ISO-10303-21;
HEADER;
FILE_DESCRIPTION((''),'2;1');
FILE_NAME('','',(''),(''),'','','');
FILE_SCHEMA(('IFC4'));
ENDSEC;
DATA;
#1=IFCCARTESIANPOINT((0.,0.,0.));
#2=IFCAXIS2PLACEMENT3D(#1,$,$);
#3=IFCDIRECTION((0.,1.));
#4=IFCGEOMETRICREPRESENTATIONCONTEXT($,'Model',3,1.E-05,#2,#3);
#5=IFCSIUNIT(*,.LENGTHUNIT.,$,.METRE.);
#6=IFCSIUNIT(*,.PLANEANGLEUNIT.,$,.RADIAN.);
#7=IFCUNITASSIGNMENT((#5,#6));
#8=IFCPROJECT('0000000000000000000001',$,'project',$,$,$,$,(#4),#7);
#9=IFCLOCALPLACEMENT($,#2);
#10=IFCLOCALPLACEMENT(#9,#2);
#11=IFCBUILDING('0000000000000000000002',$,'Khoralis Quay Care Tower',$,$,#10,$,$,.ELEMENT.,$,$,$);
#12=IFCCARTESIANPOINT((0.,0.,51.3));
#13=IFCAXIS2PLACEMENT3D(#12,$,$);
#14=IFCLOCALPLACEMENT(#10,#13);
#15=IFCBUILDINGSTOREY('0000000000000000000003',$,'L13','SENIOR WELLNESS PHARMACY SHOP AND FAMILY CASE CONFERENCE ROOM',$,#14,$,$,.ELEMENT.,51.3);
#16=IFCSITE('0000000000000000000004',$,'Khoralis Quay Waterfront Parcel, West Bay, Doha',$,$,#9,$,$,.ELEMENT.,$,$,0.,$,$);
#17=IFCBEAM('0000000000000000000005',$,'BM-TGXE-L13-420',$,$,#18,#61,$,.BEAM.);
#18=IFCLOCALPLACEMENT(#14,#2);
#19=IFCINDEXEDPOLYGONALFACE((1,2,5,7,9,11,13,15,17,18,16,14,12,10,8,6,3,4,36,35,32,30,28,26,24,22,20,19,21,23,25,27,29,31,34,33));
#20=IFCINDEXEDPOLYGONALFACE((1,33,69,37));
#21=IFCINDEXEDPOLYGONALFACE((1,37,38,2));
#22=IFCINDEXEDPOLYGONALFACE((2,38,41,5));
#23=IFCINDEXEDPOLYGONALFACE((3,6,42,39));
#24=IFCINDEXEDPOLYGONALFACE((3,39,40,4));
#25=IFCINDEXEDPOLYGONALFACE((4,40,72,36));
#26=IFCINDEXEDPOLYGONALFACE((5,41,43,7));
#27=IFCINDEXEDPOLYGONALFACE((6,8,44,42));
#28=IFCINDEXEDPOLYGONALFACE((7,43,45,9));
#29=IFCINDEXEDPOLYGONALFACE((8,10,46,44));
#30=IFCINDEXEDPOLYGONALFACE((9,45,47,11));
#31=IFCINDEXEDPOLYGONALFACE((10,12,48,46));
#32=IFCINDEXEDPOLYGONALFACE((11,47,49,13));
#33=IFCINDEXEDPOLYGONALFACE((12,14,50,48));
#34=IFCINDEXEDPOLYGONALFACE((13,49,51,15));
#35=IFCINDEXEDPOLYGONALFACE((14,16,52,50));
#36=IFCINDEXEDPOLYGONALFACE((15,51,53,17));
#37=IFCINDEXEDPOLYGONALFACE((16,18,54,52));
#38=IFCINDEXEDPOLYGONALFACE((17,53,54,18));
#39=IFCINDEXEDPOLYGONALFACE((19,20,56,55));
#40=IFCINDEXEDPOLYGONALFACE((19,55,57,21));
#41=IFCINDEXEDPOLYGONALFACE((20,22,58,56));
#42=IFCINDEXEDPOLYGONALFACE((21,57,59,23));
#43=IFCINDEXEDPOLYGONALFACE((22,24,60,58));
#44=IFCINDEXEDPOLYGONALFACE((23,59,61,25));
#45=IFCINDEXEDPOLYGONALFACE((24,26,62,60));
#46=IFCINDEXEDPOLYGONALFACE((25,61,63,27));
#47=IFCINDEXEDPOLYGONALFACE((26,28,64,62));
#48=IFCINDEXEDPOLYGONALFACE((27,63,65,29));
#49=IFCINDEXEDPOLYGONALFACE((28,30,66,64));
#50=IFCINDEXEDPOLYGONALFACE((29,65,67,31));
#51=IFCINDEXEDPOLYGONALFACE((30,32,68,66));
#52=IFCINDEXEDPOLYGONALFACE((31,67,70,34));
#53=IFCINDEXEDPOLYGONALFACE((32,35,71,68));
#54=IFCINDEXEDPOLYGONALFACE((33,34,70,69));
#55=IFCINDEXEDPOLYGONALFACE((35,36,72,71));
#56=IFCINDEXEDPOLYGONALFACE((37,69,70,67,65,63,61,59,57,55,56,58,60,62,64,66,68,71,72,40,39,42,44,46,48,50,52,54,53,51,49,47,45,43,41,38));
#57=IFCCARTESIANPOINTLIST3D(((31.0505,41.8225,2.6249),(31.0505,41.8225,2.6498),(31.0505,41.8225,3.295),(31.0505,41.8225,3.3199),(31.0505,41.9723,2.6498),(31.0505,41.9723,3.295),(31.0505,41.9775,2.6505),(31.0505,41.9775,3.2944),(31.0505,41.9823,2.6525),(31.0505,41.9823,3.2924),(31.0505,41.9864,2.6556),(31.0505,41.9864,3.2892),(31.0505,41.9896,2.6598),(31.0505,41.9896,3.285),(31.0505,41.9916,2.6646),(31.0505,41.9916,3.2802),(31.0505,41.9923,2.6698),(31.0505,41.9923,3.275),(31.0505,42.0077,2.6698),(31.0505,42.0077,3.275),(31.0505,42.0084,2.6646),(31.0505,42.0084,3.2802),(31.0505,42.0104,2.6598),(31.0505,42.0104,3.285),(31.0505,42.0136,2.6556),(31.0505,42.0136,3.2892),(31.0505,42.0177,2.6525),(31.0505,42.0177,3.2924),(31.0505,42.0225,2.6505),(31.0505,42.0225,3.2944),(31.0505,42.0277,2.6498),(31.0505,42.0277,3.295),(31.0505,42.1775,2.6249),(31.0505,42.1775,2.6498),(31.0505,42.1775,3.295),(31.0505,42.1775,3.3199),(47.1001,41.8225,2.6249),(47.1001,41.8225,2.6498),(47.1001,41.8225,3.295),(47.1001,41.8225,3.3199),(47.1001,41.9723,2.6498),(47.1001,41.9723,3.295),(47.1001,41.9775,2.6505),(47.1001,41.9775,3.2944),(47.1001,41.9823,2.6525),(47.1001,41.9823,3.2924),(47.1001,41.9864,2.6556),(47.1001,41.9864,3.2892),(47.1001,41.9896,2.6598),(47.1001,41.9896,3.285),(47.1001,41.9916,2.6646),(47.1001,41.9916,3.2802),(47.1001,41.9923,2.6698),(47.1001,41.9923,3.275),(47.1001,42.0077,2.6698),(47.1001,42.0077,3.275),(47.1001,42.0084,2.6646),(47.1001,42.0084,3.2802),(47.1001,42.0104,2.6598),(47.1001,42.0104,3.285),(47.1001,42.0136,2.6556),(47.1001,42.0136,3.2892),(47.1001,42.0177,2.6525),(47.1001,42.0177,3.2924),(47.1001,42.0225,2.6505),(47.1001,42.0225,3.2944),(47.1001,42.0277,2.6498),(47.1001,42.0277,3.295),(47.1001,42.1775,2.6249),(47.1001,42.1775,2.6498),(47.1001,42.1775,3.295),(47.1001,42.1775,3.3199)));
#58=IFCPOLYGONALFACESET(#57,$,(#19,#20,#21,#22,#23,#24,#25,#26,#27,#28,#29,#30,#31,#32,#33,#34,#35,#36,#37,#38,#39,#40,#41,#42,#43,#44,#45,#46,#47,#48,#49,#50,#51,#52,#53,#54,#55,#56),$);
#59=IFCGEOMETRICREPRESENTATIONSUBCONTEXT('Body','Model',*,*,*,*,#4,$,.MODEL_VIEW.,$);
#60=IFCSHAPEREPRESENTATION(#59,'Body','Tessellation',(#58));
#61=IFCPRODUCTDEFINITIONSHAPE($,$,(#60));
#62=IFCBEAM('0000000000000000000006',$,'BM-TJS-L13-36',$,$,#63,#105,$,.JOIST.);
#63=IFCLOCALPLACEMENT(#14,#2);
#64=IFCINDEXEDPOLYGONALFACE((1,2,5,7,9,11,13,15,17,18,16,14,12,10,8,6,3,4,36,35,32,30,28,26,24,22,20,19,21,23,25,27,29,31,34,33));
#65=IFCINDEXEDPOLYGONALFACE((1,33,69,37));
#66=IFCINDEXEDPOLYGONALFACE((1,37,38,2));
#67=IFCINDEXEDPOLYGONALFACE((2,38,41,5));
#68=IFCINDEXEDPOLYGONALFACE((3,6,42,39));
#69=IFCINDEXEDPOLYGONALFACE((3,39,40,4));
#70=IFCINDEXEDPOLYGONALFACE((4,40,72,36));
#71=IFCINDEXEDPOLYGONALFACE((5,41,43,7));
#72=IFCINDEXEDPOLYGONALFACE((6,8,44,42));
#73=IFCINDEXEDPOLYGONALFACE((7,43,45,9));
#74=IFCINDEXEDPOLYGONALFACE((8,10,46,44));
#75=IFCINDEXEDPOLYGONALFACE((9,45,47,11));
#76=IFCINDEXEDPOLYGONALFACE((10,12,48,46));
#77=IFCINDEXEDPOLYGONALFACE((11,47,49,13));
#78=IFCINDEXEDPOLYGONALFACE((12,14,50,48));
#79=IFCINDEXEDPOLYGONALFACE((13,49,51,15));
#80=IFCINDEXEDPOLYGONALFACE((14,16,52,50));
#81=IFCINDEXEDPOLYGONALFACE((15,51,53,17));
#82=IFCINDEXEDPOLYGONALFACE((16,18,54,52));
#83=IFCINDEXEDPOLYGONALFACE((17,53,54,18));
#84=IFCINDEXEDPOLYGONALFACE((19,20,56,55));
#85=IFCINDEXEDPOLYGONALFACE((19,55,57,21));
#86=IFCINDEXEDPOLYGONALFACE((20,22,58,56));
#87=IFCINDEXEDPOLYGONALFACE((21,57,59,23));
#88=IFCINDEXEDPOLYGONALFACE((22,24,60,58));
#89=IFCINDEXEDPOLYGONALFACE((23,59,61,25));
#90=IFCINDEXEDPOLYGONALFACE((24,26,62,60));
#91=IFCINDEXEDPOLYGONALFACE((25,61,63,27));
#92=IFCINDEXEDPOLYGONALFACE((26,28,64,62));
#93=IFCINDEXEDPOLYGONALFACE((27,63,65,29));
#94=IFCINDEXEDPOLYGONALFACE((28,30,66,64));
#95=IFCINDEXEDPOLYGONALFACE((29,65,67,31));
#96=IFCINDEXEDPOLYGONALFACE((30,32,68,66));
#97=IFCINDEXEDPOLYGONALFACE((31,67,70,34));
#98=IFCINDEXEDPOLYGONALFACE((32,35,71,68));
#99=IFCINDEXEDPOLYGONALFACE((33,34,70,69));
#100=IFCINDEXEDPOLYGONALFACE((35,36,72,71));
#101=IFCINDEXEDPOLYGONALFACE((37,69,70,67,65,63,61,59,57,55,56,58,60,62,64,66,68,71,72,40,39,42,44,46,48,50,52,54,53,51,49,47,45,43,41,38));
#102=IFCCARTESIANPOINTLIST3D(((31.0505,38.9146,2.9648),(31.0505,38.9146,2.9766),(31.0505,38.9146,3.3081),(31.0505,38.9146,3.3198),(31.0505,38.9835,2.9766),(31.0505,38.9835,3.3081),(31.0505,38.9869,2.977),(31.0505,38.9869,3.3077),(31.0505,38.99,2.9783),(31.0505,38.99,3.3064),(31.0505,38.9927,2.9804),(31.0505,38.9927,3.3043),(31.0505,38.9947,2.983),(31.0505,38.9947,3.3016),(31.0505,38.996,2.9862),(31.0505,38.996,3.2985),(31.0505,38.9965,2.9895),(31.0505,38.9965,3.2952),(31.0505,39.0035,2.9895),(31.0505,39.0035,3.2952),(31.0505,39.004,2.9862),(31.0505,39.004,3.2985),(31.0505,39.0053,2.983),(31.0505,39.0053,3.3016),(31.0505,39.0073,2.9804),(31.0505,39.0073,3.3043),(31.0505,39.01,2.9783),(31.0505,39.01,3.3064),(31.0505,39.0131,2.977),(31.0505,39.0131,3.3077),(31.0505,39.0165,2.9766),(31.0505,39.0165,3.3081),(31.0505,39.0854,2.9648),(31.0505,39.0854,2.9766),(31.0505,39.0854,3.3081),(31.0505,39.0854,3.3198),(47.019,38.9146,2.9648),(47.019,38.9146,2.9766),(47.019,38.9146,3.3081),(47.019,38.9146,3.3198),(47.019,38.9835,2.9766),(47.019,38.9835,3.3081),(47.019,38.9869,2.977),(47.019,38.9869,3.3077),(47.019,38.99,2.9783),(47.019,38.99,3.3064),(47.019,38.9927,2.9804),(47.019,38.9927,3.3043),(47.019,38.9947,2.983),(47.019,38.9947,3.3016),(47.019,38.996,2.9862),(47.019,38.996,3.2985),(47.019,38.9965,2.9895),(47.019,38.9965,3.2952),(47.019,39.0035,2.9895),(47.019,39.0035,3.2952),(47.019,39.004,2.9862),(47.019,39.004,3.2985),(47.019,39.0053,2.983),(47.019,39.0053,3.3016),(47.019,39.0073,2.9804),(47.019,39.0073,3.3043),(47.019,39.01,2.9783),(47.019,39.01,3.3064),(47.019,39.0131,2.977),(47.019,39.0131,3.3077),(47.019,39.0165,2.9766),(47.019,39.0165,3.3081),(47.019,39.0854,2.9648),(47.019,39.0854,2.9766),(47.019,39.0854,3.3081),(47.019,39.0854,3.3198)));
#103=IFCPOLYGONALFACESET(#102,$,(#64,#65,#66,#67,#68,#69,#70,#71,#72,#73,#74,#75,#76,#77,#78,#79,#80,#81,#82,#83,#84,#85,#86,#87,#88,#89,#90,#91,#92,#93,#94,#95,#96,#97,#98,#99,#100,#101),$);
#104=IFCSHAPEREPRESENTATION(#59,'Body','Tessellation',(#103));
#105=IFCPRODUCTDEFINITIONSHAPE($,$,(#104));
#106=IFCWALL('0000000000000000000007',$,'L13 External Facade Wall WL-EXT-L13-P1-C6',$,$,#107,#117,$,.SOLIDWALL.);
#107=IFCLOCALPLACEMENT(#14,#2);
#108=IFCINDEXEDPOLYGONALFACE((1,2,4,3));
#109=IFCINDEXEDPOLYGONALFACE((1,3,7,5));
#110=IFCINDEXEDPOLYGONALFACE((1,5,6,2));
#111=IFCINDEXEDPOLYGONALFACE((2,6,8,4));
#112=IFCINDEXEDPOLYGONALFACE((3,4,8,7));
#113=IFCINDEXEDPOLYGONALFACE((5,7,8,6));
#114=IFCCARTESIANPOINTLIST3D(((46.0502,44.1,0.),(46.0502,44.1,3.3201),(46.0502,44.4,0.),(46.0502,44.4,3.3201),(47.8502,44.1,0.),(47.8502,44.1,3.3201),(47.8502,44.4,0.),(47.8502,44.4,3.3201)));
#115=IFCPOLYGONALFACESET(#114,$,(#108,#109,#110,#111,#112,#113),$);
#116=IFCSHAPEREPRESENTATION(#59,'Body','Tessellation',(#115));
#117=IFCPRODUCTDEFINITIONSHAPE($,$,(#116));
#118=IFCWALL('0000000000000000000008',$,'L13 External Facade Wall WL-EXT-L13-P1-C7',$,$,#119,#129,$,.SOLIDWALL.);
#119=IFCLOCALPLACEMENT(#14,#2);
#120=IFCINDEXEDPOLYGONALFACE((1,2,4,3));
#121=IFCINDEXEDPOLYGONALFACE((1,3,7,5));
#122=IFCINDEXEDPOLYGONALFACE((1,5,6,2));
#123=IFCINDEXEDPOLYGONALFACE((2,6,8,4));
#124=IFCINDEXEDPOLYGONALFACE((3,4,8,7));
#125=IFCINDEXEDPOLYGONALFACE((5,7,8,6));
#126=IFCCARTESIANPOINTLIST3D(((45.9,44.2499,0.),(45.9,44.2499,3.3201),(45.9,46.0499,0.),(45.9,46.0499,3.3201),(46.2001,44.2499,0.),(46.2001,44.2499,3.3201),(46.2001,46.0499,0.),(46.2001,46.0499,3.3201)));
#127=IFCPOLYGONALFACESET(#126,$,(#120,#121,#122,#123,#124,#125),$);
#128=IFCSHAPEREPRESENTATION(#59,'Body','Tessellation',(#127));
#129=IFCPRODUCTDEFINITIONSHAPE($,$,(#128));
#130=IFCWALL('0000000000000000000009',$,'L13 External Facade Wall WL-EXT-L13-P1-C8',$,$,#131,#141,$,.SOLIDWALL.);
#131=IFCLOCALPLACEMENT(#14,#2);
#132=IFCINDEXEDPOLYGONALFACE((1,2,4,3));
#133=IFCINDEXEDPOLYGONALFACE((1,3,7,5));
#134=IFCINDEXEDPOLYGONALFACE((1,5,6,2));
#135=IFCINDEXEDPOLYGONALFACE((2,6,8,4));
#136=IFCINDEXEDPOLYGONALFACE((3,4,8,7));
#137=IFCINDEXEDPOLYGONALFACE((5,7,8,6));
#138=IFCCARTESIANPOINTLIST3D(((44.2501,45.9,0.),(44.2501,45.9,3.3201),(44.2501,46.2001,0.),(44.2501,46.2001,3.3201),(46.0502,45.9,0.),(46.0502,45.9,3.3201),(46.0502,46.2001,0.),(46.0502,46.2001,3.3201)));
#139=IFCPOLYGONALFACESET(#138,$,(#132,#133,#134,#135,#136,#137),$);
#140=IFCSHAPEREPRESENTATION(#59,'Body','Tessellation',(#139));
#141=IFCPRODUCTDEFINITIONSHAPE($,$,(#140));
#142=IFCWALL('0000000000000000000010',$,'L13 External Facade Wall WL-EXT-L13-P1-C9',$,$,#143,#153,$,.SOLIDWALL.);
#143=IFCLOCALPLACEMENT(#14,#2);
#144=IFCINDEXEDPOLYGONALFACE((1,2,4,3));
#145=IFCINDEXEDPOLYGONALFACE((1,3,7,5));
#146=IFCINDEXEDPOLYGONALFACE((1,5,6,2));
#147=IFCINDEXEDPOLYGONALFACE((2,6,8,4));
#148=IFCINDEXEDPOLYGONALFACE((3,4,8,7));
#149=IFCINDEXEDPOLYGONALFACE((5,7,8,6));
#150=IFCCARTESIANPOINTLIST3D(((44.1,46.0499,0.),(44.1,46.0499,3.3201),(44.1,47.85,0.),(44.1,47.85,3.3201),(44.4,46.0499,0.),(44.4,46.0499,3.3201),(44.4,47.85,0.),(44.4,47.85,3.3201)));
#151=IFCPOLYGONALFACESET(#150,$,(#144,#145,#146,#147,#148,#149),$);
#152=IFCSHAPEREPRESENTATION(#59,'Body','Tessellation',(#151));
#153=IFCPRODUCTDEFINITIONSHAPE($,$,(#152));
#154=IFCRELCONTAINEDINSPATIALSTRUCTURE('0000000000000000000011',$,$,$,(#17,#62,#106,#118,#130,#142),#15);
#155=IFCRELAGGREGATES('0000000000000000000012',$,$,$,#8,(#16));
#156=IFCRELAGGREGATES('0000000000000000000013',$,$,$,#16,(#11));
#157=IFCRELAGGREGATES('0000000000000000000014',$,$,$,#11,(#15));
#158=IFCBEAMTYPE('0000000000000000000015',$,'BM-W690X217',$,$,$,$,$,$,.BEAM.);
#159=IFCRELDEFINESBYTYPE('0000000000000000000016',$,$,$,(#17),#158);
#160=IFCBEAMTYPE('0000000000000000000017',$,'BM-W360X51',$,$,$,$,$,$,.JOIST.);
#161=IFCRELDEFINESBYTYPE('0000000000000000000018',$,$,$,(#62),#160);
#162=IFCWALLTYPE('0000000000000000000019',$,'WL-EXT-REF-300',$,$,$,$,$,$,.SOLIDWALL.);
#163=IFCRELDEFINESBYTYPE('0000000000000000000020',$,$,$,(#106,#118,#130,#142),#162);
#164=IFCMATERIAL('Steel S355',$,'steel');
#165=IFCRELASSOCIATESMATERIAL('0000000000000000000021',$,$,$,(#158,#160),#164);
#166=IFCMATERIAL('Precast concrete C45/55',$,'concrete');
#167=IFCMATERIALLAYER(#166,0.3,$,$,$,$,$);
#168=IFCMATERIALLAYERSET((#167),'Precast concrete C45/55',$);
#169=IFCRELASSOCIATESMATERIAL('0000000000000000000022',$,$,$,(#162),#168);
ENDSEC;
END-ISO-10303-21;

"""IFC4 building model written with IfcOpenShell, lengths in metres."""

from ifc_helpers import new_model, si_unit, direction, frame, frame_2d, origin, origin_2d, place, context, subcontext, project, spatial, rectangle, i_section, extrude, source, transform, mapped, material, layer, layer_set, material_profile, profile_set, type_object, element, save


model = new_model("IFC4")

# Units and contexts
model_context = context("Model", 3, precision=1e-05, world=origin(), true_north=direction((0.0, 1.0)))
body_context = subcontext(model_context, "Body", "Model", "MODEL_VIEW")
ifc_project = project(units=[si_unit("LENGTHUNIT", "METRE"), si_unit("PLANEANGLEUNIT", "RADIAN")], contexts=[model_context])

# Site, building, storey
site_placement = place(None, origin())
site = spatial("IfcSite", under=ifc_project, at=site_placement, Name="Khoralis Quay Waterfront Parcel, West Bay, Doha", CompositionType="ELEMENT", RefElevation=0.0)
building_placement = place(site_placement, origin())
building = spatial("IfcBuilding", under=site, at=building_placement, Name="Khoralis Quay Care Tower", CompositionType="ELEMENT")
storey_placement = place(building_placement, frame((0.0, 0.0, 51.3)))
storey = spatial("IfcBuildingStorey", under=building, at=storey_placement, Name="L13", Description="SENIOR WELLNESS PHARMACY SHOP AND FAMILY CASE CONFERENCE ROOM", CompositionType="ELEMENT", Elevation=51.3)

# Beams
ifc_material_1 = material(Name="Steel S355", Category="steel")
ifc_material_profile_1 = material_profile(ifc_material_1, i_section(OverallWidth=0.355, OverallDepth=0.6951, WebThickness=0.0154, FlangeThickness=0.0249, FilletRadius=0.02, at=origin_2d()), Name="Steel S355")
ifc_profile_set_1 = profile_set([ifc_material_profile_1], Name="Steel S355")
beam_type_1 = type_object("IfcBeamType", Name="BM-W690X217", PredefinedType="BEAM", material=ifc_profile_set_1)
shared_shape_1 = source(origin(), body_context, "Body", "SweptSolid", [
    extrude(i_section(OverallWidth=0.355, OverallDepth=0.6951, WebThickness=0.0154, FlangeThickness=0.0249, FilletRadius=0.02, at=origin_2d()), origin(), (0.0, 0.0, 1.0), 16.0496),
])
beam_1_placement = place(storey_placement, frame((31.0505, 42.0, 2.9724), z_axis=(1.0, 0.0, 0.0), x_axis=(0.0, 1.0, 0.0)))
element("IfcBeam", 1, at=beam_1_placement, inside=storey, type_object=beam_type_1, Name="BM-TGXE-L13-420", PredefinedType="BEAM", context=body_context, shape_type="MappedRepresentation", body=[
    mapped(shared_shape_1, transform((0.0, 0.0, 0.0), scale=1.0)),
])
ifc_material_profile_2 = material_profile(ifc_material_1, i_section(OverallWidth=0.1709, OverallDepth=0.355, WebThickness=0.0071, FlangeThickness=0.0117, FilletRadius=0.0129, at=origin_2d()), Name="Steel S355")
ifc_profile_set_2 = profile_set([ifc_material_profile_2], Name="Steel S355")
beam_type_2 = type_object("IfcBeamType", Name="BM-W360X51", PredefinedType="JOIST", material=ifc_profile_set_2)
shared_shape_2 = source(origin(), body_context, "Body", "SweptSolid", [
    extrude(i_section(OverallWidth=0.1709, OverallDepth=0.355, WebThickness=0.0071, FlangeThickness=0.0117, FilletRadius=0.0129, at=origin_2d()), origin(), (0.0, 0.0, 1.0), 15.9685),
])
beam_2_placement = place(storey_placement, frame((31.0505, 39.0, 3.1423), z_axis=(1.0, 0.0, 0.0), x_axis=(0.0, 1.0, 0.0)))
element("IfcBeam", 2, at=beam_2_placement, inside=storey, type_object=beam_type_2, Name="BM-TJS-L13-36", PredefinedType="JOIST", context=body_context, shape_type="MappedRepresentation", body=[
    mapped(shared_shape_2, transform((0.0, 0.0, 0.0), scale=1.0)),
])

# Walls
ifc_material_2 = material(Name="Precast concrete C45/55", Category="concrete")
ifc_layer_1 = layer(ifc_material_2, 0.3)
ifc_layer_set_1 = layer_set([ifc_layer_1], Name="Precast concrete C45/55")
wall_type_1 = type_object("IfcWallType", Name="WL-EXT-REF-300", PredefinedType="SOLIDWALL", material=ifc_layer_set_1)
for number, where, z_axis, x_axis, name in (
    (3, (47.8501, 44.25, 0.0), (0.0, 0.0, 1.0), (-1.0, 0.0, 0.0), "L13 External Facade Wall WL-EXT-L13-P1-C6"),
    (4, (46.05, 44.25, 0.0), (0.0, 0.0, 1.0), (0.0, 1.0, 0.0), "L13 External Facade Wall WL-EXT-L13-P1-C7"),
    (5, (46.05, 46.05, 0.0), (0.0, 0.0, 1.0), (-1.0, 0.0, 0.0), "L13 External Facade Wall WL-EXT-L13-P1-C8"),
    (6, (44.25, 46.05, 0.0), (0.0, 0.0, 1.0), (0.0, 1.0, 0.0), "L13 External Facade Wall WL-EXT-L13-P1-C9"),
):
    element("IfcWall", number, at=place(storey_placement, frame(where, z_axis=z_axis, x_axis=x_axis)), inside=storey, type_object=wall_type_1, Name=name, PredefinedType="SOLIDWALL", context=body_context, shape_type="SweptSolid", body=[
        extrude(rectangle(XDim=1.8, YDim=0.3, at=frame_2d((0.8999, 0.0))), origin(), (0.0, 0.0, 1.0), 3.3201),
    ])

save(model, "model.ifc")
